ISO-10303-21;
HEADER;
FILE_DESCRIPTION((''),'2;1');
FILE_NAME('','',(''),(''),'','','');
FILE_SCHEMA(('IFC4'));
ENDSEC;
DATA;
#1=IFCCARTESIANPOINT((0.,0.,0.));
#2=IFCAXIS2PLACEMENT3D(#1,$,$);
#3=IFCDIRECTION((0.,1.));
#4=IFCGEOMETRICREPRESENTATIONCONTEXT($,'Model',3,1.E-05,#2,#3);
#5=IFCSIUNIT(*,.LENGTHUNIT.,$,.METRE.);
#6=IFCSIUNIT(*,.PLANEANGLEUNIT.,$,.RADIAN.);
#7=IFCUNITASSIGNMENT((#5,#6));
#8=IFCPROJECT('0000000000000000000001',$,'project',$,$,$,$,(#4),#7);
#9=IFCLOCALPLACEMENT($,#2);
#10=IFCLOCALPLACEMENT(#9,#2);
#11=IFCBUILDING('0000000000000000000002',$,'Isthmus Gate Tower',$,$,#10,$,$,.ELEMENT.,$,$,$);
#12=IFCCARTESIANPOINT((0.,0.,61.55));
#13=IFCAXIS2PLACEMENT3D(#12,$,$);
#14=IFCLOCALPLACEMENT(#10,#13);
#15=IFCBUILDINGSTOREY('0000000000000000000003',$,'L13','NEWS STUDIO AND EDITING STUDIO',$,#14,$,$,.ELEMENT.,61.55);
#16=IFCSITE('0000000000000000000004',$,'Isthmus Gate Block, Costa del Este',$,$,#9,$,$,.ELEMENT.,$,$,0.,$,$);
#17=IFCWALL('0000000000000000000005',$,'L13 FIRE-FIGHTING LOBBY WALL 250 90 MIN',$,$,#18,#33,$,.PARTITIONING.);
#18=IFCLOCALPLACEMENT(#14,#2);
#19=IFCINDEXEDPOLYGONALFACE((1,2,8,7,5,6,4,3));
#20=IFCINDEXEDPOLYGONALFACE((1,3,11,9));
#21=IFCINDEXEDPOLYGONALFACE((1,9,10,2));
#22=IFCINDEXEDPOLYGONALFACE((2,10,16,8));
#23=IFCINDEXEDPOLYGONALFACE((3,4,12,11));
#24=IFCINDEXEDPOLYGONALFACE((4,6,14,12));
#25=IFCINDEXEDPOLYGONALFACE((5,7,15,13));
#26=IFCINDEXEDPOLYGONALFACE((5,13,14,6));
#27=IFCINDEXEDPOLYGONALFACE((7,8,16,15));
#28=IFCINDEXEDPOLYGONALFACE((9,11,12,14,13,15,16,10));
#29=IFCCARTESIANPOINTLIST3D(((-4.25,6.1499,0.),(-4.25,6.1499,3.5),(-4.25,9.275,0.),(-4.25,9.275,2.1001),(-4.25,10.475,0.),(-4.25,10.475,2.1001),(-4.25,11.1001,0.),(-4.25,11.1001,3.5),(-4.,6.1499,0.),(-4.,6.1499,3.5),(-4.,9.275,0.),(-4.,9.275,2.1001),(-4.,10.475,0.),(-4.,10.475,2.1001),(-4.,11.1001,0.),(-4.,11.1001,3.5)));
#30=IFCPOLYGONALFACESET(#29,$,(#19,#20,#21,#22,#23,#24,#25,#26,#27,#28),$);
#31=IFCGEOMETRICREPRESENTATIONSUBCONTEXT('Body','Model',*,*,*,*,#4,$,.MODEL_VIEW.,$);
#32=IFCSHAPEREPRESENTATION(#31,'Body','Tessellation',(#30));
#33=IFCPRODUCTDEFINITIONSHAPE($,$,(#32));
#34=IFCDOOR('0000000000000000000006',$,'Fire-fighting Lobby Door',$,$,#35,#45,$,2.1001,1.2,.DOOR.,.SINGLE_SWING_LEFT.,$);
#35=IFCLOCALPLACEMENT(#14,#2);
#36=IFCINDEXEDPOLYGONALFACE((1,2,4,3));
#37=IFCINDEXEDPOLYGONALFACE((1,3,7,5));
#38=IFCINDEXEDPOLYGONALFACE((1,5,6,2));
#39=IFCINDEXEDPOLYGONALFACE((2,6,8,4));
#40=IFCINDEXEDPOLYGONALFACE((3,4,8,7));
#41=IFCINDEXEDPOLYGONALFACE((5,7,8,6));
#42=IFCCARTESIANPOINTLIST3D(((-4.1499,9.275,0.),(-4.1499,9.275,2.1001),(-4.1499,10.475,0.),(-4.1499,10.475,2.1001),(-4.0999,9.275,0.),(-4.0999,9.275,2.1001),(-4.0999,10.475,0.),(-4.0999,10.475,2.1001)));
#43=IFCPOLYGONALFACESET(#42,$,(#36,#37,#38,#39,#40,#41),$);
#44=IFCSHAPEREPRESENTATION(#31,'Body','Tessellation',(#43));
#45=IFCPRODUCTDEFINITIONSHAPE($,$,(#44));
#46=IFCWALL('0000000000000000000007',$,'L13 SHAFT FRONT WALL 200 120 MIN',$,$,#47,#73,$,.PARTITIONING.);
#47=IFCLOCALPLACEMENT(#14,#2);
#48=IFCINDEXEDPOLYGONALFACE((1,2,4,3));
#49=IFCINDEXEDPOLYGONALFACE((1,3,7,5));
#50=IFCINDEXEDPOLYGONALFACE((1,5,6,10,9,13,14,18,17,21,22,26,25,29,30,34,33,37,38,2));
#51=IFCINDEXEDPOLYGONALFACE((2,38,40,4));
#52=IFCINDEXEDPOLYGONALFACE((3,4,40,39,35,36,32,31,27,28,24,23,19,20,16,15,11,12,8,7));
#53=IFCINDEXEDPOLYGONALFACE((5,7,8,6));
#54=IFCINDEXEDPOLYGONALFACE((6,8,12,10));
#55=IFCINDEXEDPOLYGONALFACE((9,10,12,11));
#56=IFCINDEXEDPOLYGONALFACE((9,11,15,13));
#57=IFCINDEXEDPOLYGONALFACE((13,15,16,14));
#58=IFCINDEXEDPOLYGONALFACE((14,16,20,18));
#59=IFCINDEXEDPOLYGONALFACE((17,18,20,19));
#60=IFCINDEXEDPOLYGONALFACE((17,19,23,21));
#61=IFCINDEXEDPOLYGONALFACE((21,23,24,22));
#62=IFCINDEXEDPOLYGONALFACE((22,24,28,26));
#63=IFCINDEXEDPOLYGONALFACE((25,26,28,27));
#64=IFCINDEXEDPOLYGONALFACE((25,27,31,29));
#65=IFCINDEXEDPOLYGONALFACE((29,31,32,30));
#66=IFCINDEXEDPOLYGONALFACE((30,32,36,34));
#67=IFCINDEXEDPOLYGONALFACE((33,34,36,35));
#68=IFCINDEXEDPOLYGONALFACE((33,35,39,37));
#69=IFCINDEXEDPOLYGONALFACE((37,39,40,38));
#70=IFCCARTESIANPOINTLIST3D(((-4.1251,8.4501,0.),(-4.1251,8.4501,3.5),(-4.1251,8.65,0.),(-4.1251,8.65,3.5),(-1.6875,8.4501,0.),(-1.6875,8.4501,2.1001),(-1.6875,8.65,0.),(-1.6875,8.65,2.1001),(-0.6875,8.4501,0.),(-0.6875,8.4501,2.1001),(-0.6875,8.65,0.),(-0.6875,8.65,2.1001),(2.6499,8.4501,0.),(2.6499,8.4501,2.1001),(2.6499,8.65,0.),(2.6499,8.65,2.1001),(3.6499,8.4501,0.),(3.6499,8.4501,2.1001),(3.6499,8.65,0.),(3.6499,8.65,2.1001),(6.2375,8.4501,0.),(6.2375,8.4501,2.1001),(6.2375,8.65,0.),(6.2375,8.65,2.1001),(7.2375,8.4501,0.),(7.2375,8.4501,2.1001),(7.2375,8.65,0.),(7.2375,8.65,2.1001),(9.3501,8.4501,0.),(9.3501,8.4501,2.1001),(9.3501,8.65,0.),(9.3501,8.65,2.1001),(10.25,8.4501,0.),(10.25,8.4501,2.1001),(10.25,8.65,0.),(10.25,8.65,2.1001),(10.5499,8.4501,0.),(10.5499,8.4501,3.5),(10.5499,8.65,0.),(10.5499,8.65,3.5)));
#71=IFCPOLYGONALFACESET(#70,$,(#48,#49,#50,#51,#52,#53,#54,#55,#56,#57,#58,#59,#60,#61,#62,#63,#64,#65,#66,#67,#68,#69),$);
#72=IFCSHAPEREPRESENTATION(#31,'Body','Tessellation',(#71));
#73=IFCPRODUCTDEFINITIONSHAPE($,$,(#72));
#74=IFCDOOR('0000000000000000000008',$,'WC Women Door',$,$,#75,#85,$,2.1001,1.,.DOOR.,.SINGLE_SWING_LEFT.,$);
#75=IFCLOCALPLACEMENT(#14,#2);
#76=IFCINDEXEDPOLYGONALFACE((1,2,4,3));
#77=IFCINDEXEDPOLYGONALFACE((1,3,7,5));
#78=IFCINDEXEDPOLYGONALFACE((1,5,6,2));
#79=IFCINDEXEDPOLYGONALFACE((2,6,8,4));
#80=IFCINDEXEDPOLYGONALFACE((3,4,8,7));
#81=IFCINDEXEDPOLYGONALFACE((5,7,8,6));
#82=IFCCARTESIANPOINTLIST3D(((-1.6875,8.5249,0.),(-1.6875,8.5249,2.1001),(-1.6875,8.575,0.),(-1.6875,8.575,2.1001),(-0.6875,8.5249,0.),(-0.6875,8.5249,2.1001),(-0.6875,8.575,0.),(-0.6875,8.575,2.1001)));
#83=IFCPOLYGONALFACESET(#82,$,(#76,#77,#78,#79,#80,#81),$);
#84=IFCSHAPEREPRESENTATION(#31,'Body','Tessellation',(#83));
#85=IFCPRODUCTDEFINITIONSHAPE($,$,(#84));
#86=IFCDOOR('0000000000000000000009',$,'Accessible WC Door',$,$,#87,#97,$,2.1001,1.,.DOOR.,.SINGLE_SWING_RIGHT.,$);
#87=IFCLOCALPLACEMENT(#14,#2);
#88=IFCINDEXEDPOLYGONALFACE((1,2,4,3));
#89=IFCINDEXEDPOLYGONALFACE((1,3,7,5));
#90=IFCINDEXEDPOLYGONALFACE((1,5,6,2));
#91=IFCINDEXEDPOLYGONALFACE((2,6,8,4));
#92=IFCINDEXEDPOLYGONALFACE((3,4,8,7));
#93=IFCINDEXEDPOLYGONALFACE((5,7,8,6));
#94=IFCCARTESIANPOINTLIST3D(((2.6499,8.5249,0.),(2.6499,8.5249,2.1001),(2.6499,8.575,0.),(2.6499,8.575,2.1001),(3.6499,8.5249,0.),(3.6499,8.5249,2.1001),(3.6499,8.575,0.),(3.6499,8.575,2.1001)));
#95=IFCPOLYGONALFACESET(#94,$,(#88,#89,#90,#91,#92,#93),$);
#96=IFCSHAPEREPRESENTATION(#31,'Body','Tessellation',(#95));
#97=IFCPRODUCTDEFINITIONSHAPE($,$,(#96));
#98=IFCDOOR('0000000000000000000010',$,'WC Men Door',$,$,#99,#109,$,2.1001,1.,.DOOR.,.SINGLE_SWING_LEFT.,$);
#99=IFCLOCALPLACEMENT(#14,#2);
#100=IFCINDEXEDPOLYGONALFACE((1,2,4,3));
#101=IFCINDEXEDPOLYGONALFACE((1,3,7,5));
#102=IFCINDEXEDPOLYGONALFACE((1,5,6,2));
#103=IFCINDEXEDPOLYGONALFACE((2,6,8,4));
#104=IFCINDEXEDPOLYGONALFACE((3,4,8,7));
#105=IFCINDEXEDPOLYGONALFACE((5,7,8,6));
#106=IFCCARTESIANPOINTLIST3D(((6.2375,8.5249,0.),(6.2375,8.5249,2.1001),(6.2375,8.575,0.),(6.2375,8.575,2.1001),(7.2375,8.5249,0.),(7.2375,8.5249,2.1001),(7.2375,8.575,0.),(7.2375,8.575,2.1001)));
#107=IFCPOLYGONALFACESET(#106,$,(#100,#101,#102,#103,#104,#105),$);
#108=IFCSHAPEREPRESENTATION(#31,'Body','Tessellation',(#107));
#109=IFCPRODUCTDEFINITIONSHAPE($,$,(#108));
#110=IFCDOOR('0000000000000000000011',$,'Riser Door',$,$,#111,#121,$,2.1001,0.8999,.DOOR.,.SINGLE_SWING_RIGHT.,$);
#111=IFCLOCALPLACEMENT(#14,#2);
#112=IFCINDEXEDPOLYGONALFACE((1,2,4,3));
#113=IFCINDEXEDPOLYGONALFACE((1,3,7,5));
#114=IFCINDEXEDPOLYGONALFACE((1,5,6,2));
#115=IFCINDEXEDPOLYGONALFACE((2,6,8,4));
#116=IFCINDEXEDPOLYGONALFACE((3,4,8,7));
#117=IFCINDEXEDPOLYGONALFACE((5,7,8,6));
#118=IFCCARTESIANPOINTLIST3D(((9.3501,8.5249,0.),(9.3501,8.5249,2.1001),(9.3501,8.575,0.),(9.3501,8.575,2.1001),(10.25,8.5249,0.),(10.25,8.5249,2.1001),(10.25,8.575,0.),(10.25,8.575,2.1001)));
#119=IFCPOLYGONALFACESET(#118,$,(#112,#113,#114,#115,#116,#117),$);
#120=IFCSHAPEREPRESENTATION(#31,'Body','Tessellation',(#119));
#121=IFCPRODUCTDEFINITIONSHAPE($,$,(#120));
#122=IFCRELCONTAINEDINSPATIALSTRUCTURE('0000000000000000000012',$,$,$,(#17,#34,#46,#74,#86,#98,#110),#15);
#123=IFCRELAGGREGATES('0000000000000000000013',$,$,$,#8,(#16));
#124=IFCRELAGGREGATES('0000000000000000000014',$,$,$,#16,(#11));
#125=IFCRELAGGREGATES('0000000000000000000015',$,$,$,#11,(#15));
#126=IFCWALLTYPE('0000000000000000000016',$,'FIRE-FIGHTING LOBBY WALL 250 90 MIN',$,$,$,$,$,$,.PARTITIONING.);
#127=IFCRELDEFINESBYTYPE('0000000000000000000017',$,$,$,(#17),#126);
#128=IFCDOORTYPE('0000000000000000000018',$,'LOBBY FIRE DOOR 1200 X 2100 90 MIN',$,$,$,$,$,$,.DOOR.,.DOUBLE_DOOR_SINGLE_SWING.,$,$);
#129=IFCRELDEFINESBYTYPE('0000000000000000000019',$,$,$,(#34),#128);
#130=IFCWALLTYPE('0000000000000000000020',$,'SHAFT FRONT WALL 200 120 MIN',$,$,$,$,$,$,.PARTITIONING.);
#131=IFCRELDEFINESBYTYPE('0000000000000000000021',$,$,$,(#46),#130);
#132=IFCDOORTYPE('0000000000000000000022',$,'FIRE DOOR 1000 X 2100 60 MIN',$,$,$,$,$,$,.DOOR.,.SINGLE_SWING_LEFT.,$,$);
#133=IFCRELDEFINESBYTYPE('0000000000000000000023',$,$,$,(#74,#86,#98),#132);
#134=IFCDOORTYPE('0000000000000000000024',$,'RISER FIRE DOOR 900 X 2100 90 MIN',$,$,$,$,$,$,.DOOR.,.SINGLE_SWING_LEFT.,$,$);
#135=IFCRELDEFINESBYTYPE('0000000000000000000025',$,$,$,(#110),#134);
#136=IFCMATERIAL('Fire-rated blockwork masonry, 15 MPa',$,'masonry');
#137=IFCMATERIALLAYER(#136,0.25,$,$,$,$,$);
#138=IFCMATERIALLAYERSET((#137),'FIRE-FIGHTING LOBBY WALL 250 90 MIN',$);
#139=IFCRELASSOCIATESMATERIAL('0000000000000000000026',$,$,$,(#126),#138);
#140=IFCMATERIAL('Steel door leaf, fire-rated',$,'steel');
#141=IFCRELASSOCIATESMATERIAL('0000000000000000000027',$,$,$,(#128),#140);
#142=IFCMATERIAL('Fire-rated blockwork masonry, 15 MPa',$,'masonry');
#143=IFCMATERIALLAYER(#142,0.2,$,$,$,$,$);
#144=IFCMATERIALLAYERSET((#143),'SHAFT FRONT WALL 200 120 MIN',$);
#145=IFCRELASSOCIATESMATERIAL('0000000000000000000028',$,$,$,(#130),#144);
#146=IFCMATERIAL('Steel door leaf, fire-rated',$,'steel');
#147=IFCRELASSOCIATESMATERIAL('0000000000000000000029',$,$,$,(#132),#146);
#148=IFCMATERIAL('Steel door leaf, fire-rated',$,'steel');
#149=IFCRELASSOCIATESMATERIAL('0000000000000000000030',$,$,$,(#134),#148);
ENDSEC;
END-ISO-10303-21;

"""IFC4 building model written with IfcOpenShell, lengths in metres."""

from ifc_helpers import new_model, si_unit, direction, frame, frame_2d, origin, place, context, subcontext, project, spatial, rectangle, extrude, material, layer, layer_set, type_object, element, fill, save


model = new_model("IFC4")

# Units and contexts
model_context = context("Model", 3, precision=1e-05, world=origin(), true_north=direction((0.0, 1.0)))
body_context = subcontext(model_context, "Body", "Model", "MODEL_VIEW")
ifc_project = project(units=[si_unit("LENGTHUNIT", "METRE"), si_unit("PLANEANGLEUNIT", "RADIAN")], contexts=[model_context])

# Site, building, storey
site_placement = place(None, origin())
site = spatial("IfcSite", under=ifc_project, at=site_placement, Name="Isthmus Gate Block, Costa del Este", CompositionType="ELEMENT", RefElevation=0.0)
building_placement = place(site_placement, origin())
building = spatial("IfcBuilding", under=site, at=building_placement, Name="Isthmus Gate Tower", CompositionType="ELEMENT")
storey_placement = place(building_placement, frame((0.0, 0.0, 61.55)))
storey = spatial("IfcBuildingStorey", under=building, at=storey_placement, Name="L13", Description="NEWS STUDIO AND EDITING STUDIO", CompositionType="ELEMENT", Elevation=61.55)

# Wall, opening, door
ifc_material_1 = material(Name="Fire-rated blockwork masonry, 15 MPa", Category="masonry")
ifc_layer_1 = layer(ifc_material_1, 0.25)
ifc_layer_set_1 = layer_set([ifc_layer_1], Name="FIRE-FIGHTING LOBBY WALL 250 90 MIN")
wall_type_1 = type_object("IfcWallType", Name="FIRE-FIGHTING LOBBY WALL 250 90 MIN", PredefinedType="PARTITIONING", material=ifc_layer_set_1)
wall_1_placement = place(storey_placement, frame((-4.125, 6.1499, 0.0), z_axis=(0.0, 0.0, 1.0), x_axis=(0.0, 1.0, 0.0)))
wall_1 = element("IfcWall", 1, at=wall_1_placement, inside=storey, type_object=wall_type_1, Name="L13 FIRE-FIGHTING LOBBY WALL 250 90 MIN", PredefinedType="PARTITIONING", context=body_context, shape_type="SweptSolid", body=[
    extrude(rectangle(XDim=4.9502, YDim=0.25, at=frame_2d((2.4751, 0.0))), origin(), (0.0, 0.0, 1.0), 3.5),
])
opening_1_placement = place(wall_1_placement, frame((3.125, 0.0, 0.0)))
opening_1 = element("IfcOpeningElement", 2, at=opening_1_placement, cuts=wall_1, PredefinedType="OPENING", context=body_context, shape_type="SweptSolid", body=[
    extrude(rectangle(XDim=1.2, YDim=2.1001, at=frame_2d((0.6001, 1.05))), frame((0.0, 0.135, 0.0), z_axis=(0.0, -1.0, 0.0), x_axis=(1.0, 0.0, 0.0)), (0.0, 0.0, 1.0), 0.27),
])
ifc_material_2 = material(Name="Steel door leaf, fire-rated", Category="steel")
door_type_1 = type_object("IfcDoorType", Name="LOBBY FIRE DOOR 1200 X 2100 90 MIN", OperationType="DOUBLE_DOOR_SINGLE_SWING", PredefinedType="DOOR", material=ifc_material_2)
door_1_placement = place(opening_1_placement, origin())
door_1 = element("IfcDoor", 3, at=door_1_placement, inside=storey, type_object=door_type_1, Name="Fire-fighting Lobby Door", OperationType="SINGLE_SWING_LEFT", OverallHeight=2.1001, OverallWidth=1.2, PredefinedType="DOOR", context=body_context, shape_type="SweptSolid", body=[
    extrude(rectangle(XDim=1.2, YDim=2.1001, at=frame_2d((0.6001, 1.05))), frame((0.0, 0.0249, 0.0), z_axis=(0.0, -1.0, 0.0), x_axis=(1.0, 0.0, 0.0)), (0.0, 0.0, 1.0), 0.05),
])
fill(opening_1, door_1)

# Wall, openings, doors
ifc_material_3 = material(Name="Fire-rated blockwork masonry, 15 MPa", Category="masonry")
ifc_layer_2 = layer(ifc_material_3, 0.2)
ifc_layer_set_2 = layer_set([ifc_layer_2], Name="SHAFT FRONT WALL 200 120 MIN")
wall_type_2 = type_object("IfcWallType", Name="SHAFT FRONT WALL 200 120 MIN", PredefinedType="PARTITIONING", material=ifc_layer_set_2)
wall_2_placement = place(storey_placement, frame((-4.125, 8.55, 0.0), z_axis=(0.0, 0.0, 1.0), x_axis=(1.0, 0.0, 0.0)))
wall_2 = element("IfcWall", 4, at=wall_2_placement, inside=storey, type_object=wall_type_2, Name="L13 SHAFT FRONT WALL 200 120 MIN", PredefinedType="PARTITIONING", context=body_context, shape_type="SweptSolid", body=[
    extrude(rectangle(XDim=14.675, YDim=0.2, at=frame_2d((7.3374, 0.0))), origin(), (0.0, 0.0, 1.0), 3.5),
])
opening_2_placement = place(wall_2_placement, frame((2.4375, 0.0, 0.0)))
opening_2 = element("IfcOpeningElement", 5, at=opening_2_placement, cuts=wall_2, PredefinedType="OPENING", context=body_context, shape_type="SweptSolid", body=[
    extrude(rectangle(XDim=1.0, YDim=2.1001, at=frame_2d((0.5, 1.05))), frame((0.0, 0.1099, 0.0), z_axis=(0.0, -1.0, 0.0), x_axis=(1.0, 0.0, 0.0)), (0.0, 0.0, 1.0), 0.22),
])
opening_3_placement = place(wall_2_placement, frame((6.7749, 0.0, 0.0)))
opening_3 = element("IfcOpeningElement", 6, at=opening_3_placement, cuts=wall_2, PredefinedType="OPENING", context=body_context, shape_type="SweptSolid", body=[
    extrude(rectangle(XDim=1.0, YDim=2.1001, at=frame_2d((0.5, 1.05))), frame((0.0, 0.1099, 0.0), z_axis=(0.0, -1.0, 0.0), x_axis=(1.0, 0.0, 0.0)), (0.0, 0.0, 1.0), 0.22),
])
opening_4_placement = place(wall_2_placement, frame((10.3625, 0.0, 0.0)))
opening_4 = element("IfcOpeningElement", 7, at=opening_4_placement, cuts=wall_2, PredefinedType="OPENING", context=body_context, shape_type="SweptSolid", body=[
    extrude(rectangle(XDim=1.0, YDim=2.1001, at=frame_2d((0.5, 1.05))), frame((0.0, 0.1099, 0.0), z_axis=(0.0, -1.0, 0.0), x_axis=(1.0, 0.0, 0.0)), (0.0, 0.0, 1.0), 0.22),
])
opening_5_placement = place(wall_2_placement, frame((13.4751, 0.0, 0.0)))
opening_5 = element("IfcOpeningElement", 8, at=opening_5_placement, cuts=wall_2, PredefinedType="OPENING", context=body_context, shape_type="SweptSolid", body=[
    extrude(rectangle(XDim=0.8999, YDim=2.1001, at=frame_2d((0.45, 1.05))), frame((0.0, 0.1099, 0.0), z_axis=(0.0, -1.0, 0.0), x_axis=(1.0, 0.0, 0.0)), (0.0, 0.0, 1.0), 0.22),
])
ifc_material_4 = material(Name="Steel door leaf, fire-rated", Category="steel")
door_type_2 = type_object("IfcDoorType", Name="FIRE DOOR 1000 X 2100 60 MIN", OperationType="SINGLE_SWING_LEFT", PredefinedType="DOOR", material=ifc_material_4)
door_2_placement = place(opening_2_placement, origin())
door_2 = element("IfcDoor", 9, at=door_2_placement, inside=storey, type_object=door_type_2, Name="WC Women Door", OperationType="SINGLE_SWING_LEFT", OverallHeight=2.1001, OverallWidth=1.0, PredefinedType="DOOR", context=body_context, shape_type="SweptSolid", body=[
    extrude(rectangle(XDim=1.0, YDim=2.1001, at=frame_2d((0.5, 1.05))), frame((0.0, 0.0249, 0.0), z_axis=(0.0, -1.0, 0.0), x_axis=(1.0, 0.0, 0.0)), (0.0, 0.0, 1.0), 0.05),
])
fill(opening_2, door_2)
door_3_placement = place(opening_3_placement, origin())
door_3 = element("IfcDoor", 10, at=door_3_placement, inside=storey, type_object=door_type_2, Name="Accessible WC Door", OperationType="SINGLE_SWING_RIGHT", OverallHeight=2.1001, OverallWidth=1.0, PredefinedType="DOOR", context=body_context, shape_type="SweptSolid", body=[
    extrude(rectangle(XDim=1.0, YDim=2.1001, at=frame_2d((0.5, 1.05))), frame((0.0, 0.0249, 0.0), z_axis=(0.0, -1.0, 0.0), x_axis=(1.0, 0.0, 0.0)), (0.0, 0.0, 1.0), 0.05),
])
fill(opening_3, door_3)
door_4_placement = place(opening_4_placement, origin())
door_4 = element("IfcDoor", 11, at=door_4_placement, inside=storey, type_object=door_type_2, Name="WC Men Door", OperationType="SINGLE_SWING_LEFT", OverallHeight=2.1001, OverallWidth=1.0, PredefinedType="DOOR", context=body_context, shape_type="SweptSolid", body=[
    extrude(rectangle(XDim=1.0, YDim=2.1001, at=frame_2d((0.5, 1.05))), frame((0.0, 0.0249, 0.0), z_axis=(0.0, -1.0, 0.0), x_axis=(1.0, 0.0, 0.0)), (0.0, 0.0, 1.0), 0.05),
])
fill(opening_4, door_4)
ifc_material_5 = material(Name="Steel door leaf, fire-rated", Category="steel")
door_type_3 = type_object("IfcDoorType", Name="RISER FIRE DOOR 900 X 2100 90 MIN", OperationType="SINGLE_SWING_LEFT", PredefinedType="DOOR", material=ifc_material_5)
door_5_placement = place(opening_5_placement, origin())
door_5 = element("IfcDoor", 12, at=door_5_placement, inside=storey, type_object=door_type_3, Name="Riser Door", OperationType="SINGLE_SWING_RIGHT", OverallHeight=2.1001, OverallWidth=0.8999, PredefinedType="DOOR", context=body_context, shape_type="SweptSolid", body=[
    extrude(rectangle(XDim=0.8999, YDim=2.1001, at=frame_2d((0.45, 1.05))), frame((0.0, 0.0249, 0.0), z_axis=(0.0, -1.0, 0.0), x_axis=(1.0, 0.0, 0.0)), (0.0, 0.0, 1.0), 0.05),
])
fill(opening_5, door_5)

save(model, "model.ifc")
